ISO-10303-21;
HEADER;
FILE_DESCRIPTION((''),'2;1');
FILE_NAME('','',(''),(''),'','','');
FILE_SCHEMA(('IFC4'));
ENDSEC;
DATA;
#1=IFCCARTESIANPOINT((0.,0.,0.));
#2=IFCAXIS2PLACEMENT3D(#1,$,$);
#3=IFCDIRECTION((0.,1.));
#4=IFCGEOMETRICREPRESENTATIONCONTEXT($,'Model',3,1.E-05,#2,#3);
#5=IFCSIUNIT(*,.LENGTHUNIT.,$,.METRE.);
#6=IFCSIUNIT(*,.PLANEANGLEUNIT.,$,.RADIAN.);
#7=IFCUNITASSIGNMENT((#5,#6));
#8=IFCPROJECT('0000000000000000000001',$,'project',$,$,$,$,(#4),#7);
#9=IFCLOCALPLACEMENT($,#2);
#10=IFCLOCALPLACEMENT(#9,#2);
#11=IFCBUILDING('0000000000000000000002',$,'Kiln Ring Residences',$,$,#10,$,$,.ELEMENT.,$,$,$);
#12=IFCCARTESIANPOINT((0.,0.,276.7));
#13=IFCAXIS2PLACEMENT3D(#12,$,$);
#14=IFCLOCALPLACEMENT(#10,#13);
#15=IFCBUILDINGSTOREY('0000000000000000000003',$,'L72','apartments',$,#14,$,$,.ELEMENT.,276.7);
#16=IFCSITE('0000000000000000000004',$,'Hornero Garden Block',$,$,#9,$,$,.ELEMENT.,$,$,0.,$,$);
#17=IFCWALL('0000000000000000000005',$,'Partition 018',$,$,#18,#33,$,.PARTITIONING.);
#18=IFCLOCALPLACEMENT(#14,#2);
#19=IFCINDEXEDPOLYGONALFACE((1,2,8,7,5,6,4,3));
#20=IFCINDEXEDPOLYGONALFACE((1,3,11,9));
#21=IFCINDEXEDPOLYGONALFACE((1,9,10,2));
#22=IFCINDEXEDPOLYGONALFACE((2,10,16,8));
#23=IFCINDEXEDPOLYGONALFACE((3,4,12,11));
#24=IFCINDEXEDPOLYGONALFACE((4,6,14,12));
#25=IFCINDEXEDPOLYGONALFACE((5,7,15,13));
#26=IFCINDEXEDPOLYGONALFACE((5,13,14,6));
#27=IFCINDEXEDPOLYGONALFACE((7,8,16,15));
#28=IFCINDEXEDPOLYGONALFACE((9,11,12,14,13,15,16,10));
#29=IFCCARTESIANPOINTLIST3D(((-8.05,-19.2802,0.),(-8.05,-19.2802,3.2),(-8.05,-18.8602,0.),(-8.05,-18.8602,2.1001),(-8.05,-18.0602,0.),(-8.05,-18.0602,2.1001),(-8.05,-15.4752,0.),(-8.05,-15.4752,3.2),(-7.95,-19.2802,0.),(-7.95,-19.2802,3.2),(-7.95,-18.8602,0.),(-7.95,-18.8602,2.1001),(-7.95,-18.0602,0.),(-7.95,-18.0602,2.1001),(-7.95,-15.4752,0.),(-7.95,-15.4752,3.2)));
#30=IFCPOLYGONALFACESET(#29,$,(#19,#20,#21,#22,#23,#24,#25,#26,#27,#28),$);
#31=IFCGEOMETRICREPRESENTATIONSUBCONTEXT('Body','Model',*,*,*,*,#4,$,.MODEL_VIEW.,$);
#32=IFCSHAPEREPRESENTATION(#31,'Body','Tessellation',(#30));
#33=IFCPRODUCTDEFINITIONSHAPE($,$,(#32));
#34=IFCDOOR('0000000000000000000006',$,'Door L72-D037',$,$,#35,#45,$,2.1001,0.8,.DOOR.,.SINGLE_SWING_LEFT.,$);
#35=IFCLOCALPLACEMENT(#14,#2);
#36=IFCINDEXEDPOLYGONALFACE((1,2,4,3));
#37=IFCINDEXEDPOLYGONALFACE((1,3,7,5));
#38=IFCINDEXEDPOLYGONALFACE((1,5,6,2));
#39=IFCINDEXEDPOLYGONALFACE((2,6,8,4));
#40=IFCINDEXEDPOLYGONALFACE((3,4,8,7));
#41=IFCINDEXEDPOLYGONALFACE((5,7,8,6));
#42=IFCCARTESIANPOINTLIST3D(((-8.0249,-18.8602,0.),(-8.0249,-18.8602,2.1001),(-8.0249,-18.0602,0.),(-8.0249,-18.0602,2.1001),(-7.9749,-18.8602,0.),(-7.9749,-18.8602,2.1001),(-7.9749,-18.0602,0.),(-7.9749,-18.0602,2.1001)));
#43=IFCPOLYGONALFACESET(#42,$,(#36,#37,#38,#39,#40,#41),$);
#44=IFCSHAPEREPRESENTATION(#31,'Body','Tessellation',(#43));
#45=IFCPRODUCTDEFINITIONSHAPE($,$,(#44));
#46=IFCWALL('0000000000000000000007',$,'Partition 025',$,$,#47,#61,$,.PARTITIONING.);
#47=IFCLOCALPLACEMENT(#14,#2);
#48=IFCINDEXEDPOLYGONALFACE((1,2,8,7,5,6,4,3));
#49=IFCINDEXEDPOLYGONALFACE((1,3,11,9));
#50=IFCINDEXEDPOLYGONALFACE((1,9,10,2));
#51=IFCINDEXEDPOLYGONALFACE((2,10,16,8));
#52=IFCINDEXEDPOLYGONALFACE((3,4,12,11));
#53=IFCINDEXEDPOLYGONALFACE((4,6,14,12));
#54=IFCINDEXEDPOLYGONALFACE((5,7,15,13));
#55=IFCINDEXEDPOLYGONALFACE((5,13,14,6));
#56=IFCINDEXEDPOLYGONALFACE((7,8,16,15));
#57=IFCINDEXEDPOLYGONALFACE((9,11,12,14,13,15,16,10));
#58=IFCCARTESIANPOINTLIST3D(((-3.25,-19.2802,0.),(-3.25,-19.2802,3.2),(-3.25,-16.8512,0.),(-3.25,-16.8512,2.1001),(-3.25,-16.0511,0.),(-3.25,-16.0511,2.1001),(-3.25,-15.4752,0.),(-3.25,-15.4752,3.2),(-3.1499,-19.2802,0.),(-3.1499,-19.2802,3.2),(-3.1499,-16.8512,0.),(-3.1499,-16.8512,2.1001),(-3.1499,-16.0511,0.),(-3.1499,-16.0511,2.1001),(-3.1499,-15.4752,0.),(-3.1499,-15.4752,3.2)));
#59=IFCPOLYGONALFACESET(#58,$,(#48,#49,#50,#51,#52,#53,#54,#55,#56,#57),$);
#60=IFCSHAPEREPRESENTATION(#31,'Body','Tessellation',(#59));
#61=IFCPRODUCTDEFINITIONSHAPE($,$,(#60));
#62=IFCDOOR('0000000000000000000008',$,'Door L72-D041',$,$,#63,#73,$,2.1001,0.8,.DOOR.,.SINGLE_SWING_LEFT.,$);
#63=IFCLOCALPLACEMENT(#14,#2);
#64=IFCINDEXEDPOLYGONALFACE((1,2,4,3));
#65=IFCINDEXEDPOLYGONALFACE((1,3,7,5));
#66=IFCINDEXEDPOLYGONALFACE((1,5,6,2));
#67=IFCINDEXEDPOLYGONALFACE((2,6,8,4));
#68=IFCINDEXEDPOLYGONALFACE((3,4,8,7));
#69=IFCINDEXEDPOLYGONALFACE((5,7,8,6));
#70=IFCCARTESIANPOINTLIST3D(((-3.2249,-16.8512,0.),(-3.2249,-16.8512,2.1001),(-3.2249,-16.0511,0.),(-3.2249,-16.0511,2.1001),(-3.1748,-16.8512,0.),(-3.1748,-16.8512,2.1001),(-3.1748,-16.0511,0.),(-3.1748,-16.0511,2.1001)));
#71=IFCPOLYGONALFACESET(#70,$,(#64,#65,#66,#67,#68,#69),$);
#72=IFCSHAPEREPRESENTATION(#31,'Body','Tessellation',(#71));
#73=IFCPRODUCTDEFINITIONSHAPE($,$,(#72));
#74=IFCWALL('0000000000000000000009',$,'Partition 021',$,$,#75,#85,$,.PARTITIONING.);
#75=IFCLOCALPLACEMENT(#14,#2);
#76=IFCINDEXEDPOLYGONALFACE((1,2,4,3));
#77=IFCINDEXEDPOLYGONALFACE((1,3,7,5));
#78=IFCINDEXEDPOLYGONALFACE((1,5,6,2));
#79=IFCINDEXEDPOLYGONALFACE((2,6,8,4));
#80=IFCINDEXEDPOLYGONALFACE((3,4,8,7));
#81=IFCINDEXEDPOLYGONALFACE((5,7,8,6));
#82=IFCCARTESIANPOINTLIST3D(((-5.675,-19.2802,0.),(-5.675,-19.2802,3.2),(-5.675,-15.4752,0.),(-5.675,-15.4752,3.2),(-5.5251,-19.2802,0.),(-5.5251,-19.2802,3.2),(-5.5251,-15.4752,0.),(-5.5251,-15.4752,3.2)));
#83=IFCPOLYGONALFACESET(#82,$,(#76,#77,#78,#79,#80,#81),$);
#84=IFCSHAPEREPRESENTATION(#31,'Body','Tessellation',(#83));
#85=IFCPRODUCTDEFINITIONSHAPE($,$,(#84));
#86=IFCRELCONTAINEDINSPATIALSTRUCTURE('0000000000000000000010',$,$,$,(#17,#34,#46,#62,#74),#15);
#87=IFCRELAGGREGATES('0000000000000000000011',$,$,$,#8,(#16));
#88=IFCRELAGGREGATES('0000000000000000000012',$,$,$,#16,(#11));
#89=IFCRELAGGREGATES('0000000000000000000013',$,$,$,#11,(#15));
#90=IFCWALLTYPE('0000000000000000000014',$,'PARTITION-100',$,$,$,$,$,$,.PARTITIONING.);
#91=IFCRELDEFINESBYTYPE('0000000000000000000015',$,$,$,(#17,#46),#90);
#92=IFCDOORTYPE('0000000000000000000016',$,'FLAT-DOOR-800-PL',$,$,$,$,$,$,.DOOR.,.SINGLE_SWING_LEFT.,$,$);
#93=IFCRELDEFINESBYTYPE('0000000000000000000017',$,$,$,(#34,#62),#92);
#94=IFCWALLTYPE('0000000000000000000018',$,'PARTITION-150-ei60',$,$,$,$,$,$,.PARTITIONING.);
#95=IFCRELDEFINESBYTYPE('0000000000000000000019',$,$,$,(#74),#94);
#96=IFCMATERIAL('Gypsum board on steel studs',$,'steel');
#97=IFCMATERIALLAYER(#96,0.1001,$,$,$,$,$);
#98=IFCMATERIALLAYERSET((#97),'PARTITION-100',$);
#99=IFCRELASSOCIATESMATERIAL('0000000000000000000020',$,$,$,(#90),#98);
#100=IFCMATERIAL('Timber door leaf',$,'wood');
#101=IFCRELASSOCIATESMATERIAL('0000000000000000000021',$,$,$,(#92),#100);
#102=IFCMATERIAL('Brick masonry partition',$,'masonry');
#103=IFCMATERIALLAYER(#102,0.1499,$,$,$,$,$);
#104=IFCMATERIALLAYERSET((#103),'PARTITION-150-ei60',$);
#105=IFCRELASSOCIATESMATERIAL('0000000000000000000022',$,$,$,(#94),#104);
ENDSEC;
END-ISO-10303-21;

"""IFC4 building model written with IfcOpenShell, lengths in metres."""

from ifc_helpers import new_model, si_unit, direction, frame, frame_2d, origin, place, context, subcontext, project, spatial, rectangle, extrude, material, layer, layer_set, type_object, element, fill, save


model = new_model("IFC4")

# Units and contexts
model_context = context("Model", 3, precision=1e-05, world=origin(), true_north=direction((0.0, 1.0)))
body_context = subcontext(model_context, "Body", "Model", "MODEL_VIEW")
ifc_project = project(units=[si_unit("LENGTHUNIT", "METRE"), si_unit("PLANEANGLEUNIT", "RADIAN")], contexts=[model_context])

# Site, building, storey
site_placement = place(None, origin())
site = spatial("IfcSite", under=ifc_project, at=site_placement, Name="Hornero Garden Block", CompositionType="ELEMENT", RefElevation=0.0)
building_placement = place(site_placement, origin())
building = spatial("IfcBuilding", under=site, at=building_placement, Name="Kiln Ring Residences", CompositionType="ELEMENT")
storey_placement = place(building_placement, frame((0.0, 0.0, 276.7)))
storey = spatial("IfcBuildingStorey", under=building, at=storey_placement, Name="L72", Description="apartments", CompositionType="ELEMENT", Elevation=276.7)

# Walls, openings, doors
ifc_material_1 = material(Name="Gypsum board on steel studs", Category="steel")
ifc_layer_1 = layer(ifc_material_1, 0.1001)
ifc_layer_set_1 = layer_set([ifc_layer_1], Name="PARTITION-100")
wall_type_1 = type_object("IfcWallType", Name="PARTITION-100", PredefinedType="PARTITIONING", material=ifc_layer_set_1)
wall_1_placement = place(storey_placement, frame((-8.0, -19.28, 0.0), z_axis=(0.0, 0.0, 1.0), x_axis=(0.0, 1.0, 0.0)))
wall_1 = element("IfcWall", 1, at=wall_1_placement, inside=storey, type_object=wall_type_1, Name="Partition 018", PredefinedType="PARTITIONING", context=body_context, shape_type="SweptSolid", body=[
    extrude(rectangle(XDim=3.8049, YDim=0.1001, at=frame_2d((1.9023, 0.0))), origin(), (0.0, 0.0, 1.0), 3.2),
])
opening_1_placement = place(wall_1_placement, frame((0.4199, 0.0, 0.0)))
opening_1 = element("IfcOpeningElement", 2, at=opening_1_placement, cuts=wall_1, PredefinedType="OPENING", context=body_context, shape_type="SweptSolid", body=[
    extrude(rectangle(XDim=0.8, YDim=2.1001, at=frame_2d((0.3999, 1.05))), frame((0.0, 0.0601, 0.0), z_axis=(0.0, -1.0, 0.0), x_axis=(1.0, 0.0, 0.0)), (0.0, 0.0, 1.0), 0.1201),
])
ifc_material_2 = material(Name="Timber door leaf", Category="wood")
door_type = type_object("IfcDoorType", Name="FLAT-DOOR-800-PL", OperationType="SINGLE_SWING_LEFT", PredefinedType="DOOR", material=ifc_material_2)
door_1_placement = place(opening_1_placement, origin())
door_1 = element("IfcDoor", 3, at=door_1_placement, inside=storey, type_object=door_type, Name="Door L72-D037", OperationType="SINGLE_SWING_LEFT", OverallHeight=2.1001, OverallWidth=0.8, PredefinedType="DOOR", context=body_context, shape_type="SweptSolid", body=[
    extrude(rectangle(XDim=0.8, YDim=2.1001, at=frame_2d((0.3999, 1.05))), frame((0.0, 0.0249, 0.0), z_axis=(0.0, -1.0, 0.0), x_axis=(1.0, 0.0, 0.0)), (0.0, 0.0, 1.0), 0.05),
])
fill(opening_1, door_1)
wall_2_placement = place(storey_placement, frame((-3.2, -19.28, 0.0), z_axis=(0.0, 0.0, 1.0), x_axis=(0.0, 1.0, 0.0)))
wall_2 = element("IfcWall", 4, at=wall_2_placement, inside=storey, type_object=wall_type_1, Name="Partition 025", PredefinedType="PARTITIONING", context=body_context, shape_type="SweptSolid", body=[
    extrude(rectangle(XDim=3.8049, YDim=0.1001, at=frame_2d((1.9023, 0.0))), origin(), (0.0, 0.0, 1.0), 3.2),
])
opening_2_placement = place(wall_2_placement, frame((2.429, 0.0, 0.0)))
opening_2 = element("IfcOpeningElement", 5, at=opening_2_placement, cuts=wall_2, PredefinedType="OPENING", context=body_context, shape_type="SweptSolid", body=[
    extrude(rectangle(XDim=0.8, YDim=2.1001, at=frame_2d((0.3999, 1.05))), frame((0.0, 0.0601, 0.0), z_axis=(0.0, -1.0, 0.0), x_axis=(1.0, 0.0, 0.0)), (0.0, 0.0, 1.0), 0.1201),
])
door_2_placement = place(opening_2_placement, origin())
door_2 = element("IfcDoor", 6, at=door_2_placement, inside=storey, type_object=door_type, Name="Door L72-D041", OperationType="SINGLE_SWING_LEFT", OverallHeight=2.1001, OverallWidth=0.8, PredefinedType="DOOR", context=body_context, shape_type="SweptSolid", body=[
    extrude(rectangle(XDim=0.8, YDim=2.1001, at=frame_2d((0.3999, 1.05))), frame((0.0, 0.0249, 0.0), z_axis=(0.0, -1.0, 0.0), x_axis=(1.0, 0.0, 0.0)), (0.0, 0.0, 1.0), 0.05),
])
fill(opening_2, door_2)

# Wall
ifc_material_3 = material(Name="Brick masonry partition", Category="masonry")
ifc_layer_2 = layer(ifc_material_3, 0.1499)
ifc_layer_set_2 = layer_set([ifc_layer_2], Name="PARTITION-150-ei60")
wall_type_2 = type_object("IfcWallType", Name="PARTITION-150-ei60", PredefinedType="PARTITIONING", material=ifc_layer_set_2)
wall_3_placement = place(storey_placement, frame((-5.6001, -19.28, 0.0), z_axis=(0.0, 0.0, 1.0), x_axis=(0.0, 1.0, 0.0)))
element("IfcWall", 7, at=wall_3_placement, inside=storey, type_object=wall_type_2, Name="Partition 021", PredefinedType="PARTITIONING", context=body_context, shape_type="SweptSolid", body=[
    extrude(rectangle(XDim=3.8049, YDim=0.1499, at=frame_2d((1.9023, 0.0))), origin(), (0.0, 0.0, 1.0), 3.2),
])

save(model, "model.ifc")
